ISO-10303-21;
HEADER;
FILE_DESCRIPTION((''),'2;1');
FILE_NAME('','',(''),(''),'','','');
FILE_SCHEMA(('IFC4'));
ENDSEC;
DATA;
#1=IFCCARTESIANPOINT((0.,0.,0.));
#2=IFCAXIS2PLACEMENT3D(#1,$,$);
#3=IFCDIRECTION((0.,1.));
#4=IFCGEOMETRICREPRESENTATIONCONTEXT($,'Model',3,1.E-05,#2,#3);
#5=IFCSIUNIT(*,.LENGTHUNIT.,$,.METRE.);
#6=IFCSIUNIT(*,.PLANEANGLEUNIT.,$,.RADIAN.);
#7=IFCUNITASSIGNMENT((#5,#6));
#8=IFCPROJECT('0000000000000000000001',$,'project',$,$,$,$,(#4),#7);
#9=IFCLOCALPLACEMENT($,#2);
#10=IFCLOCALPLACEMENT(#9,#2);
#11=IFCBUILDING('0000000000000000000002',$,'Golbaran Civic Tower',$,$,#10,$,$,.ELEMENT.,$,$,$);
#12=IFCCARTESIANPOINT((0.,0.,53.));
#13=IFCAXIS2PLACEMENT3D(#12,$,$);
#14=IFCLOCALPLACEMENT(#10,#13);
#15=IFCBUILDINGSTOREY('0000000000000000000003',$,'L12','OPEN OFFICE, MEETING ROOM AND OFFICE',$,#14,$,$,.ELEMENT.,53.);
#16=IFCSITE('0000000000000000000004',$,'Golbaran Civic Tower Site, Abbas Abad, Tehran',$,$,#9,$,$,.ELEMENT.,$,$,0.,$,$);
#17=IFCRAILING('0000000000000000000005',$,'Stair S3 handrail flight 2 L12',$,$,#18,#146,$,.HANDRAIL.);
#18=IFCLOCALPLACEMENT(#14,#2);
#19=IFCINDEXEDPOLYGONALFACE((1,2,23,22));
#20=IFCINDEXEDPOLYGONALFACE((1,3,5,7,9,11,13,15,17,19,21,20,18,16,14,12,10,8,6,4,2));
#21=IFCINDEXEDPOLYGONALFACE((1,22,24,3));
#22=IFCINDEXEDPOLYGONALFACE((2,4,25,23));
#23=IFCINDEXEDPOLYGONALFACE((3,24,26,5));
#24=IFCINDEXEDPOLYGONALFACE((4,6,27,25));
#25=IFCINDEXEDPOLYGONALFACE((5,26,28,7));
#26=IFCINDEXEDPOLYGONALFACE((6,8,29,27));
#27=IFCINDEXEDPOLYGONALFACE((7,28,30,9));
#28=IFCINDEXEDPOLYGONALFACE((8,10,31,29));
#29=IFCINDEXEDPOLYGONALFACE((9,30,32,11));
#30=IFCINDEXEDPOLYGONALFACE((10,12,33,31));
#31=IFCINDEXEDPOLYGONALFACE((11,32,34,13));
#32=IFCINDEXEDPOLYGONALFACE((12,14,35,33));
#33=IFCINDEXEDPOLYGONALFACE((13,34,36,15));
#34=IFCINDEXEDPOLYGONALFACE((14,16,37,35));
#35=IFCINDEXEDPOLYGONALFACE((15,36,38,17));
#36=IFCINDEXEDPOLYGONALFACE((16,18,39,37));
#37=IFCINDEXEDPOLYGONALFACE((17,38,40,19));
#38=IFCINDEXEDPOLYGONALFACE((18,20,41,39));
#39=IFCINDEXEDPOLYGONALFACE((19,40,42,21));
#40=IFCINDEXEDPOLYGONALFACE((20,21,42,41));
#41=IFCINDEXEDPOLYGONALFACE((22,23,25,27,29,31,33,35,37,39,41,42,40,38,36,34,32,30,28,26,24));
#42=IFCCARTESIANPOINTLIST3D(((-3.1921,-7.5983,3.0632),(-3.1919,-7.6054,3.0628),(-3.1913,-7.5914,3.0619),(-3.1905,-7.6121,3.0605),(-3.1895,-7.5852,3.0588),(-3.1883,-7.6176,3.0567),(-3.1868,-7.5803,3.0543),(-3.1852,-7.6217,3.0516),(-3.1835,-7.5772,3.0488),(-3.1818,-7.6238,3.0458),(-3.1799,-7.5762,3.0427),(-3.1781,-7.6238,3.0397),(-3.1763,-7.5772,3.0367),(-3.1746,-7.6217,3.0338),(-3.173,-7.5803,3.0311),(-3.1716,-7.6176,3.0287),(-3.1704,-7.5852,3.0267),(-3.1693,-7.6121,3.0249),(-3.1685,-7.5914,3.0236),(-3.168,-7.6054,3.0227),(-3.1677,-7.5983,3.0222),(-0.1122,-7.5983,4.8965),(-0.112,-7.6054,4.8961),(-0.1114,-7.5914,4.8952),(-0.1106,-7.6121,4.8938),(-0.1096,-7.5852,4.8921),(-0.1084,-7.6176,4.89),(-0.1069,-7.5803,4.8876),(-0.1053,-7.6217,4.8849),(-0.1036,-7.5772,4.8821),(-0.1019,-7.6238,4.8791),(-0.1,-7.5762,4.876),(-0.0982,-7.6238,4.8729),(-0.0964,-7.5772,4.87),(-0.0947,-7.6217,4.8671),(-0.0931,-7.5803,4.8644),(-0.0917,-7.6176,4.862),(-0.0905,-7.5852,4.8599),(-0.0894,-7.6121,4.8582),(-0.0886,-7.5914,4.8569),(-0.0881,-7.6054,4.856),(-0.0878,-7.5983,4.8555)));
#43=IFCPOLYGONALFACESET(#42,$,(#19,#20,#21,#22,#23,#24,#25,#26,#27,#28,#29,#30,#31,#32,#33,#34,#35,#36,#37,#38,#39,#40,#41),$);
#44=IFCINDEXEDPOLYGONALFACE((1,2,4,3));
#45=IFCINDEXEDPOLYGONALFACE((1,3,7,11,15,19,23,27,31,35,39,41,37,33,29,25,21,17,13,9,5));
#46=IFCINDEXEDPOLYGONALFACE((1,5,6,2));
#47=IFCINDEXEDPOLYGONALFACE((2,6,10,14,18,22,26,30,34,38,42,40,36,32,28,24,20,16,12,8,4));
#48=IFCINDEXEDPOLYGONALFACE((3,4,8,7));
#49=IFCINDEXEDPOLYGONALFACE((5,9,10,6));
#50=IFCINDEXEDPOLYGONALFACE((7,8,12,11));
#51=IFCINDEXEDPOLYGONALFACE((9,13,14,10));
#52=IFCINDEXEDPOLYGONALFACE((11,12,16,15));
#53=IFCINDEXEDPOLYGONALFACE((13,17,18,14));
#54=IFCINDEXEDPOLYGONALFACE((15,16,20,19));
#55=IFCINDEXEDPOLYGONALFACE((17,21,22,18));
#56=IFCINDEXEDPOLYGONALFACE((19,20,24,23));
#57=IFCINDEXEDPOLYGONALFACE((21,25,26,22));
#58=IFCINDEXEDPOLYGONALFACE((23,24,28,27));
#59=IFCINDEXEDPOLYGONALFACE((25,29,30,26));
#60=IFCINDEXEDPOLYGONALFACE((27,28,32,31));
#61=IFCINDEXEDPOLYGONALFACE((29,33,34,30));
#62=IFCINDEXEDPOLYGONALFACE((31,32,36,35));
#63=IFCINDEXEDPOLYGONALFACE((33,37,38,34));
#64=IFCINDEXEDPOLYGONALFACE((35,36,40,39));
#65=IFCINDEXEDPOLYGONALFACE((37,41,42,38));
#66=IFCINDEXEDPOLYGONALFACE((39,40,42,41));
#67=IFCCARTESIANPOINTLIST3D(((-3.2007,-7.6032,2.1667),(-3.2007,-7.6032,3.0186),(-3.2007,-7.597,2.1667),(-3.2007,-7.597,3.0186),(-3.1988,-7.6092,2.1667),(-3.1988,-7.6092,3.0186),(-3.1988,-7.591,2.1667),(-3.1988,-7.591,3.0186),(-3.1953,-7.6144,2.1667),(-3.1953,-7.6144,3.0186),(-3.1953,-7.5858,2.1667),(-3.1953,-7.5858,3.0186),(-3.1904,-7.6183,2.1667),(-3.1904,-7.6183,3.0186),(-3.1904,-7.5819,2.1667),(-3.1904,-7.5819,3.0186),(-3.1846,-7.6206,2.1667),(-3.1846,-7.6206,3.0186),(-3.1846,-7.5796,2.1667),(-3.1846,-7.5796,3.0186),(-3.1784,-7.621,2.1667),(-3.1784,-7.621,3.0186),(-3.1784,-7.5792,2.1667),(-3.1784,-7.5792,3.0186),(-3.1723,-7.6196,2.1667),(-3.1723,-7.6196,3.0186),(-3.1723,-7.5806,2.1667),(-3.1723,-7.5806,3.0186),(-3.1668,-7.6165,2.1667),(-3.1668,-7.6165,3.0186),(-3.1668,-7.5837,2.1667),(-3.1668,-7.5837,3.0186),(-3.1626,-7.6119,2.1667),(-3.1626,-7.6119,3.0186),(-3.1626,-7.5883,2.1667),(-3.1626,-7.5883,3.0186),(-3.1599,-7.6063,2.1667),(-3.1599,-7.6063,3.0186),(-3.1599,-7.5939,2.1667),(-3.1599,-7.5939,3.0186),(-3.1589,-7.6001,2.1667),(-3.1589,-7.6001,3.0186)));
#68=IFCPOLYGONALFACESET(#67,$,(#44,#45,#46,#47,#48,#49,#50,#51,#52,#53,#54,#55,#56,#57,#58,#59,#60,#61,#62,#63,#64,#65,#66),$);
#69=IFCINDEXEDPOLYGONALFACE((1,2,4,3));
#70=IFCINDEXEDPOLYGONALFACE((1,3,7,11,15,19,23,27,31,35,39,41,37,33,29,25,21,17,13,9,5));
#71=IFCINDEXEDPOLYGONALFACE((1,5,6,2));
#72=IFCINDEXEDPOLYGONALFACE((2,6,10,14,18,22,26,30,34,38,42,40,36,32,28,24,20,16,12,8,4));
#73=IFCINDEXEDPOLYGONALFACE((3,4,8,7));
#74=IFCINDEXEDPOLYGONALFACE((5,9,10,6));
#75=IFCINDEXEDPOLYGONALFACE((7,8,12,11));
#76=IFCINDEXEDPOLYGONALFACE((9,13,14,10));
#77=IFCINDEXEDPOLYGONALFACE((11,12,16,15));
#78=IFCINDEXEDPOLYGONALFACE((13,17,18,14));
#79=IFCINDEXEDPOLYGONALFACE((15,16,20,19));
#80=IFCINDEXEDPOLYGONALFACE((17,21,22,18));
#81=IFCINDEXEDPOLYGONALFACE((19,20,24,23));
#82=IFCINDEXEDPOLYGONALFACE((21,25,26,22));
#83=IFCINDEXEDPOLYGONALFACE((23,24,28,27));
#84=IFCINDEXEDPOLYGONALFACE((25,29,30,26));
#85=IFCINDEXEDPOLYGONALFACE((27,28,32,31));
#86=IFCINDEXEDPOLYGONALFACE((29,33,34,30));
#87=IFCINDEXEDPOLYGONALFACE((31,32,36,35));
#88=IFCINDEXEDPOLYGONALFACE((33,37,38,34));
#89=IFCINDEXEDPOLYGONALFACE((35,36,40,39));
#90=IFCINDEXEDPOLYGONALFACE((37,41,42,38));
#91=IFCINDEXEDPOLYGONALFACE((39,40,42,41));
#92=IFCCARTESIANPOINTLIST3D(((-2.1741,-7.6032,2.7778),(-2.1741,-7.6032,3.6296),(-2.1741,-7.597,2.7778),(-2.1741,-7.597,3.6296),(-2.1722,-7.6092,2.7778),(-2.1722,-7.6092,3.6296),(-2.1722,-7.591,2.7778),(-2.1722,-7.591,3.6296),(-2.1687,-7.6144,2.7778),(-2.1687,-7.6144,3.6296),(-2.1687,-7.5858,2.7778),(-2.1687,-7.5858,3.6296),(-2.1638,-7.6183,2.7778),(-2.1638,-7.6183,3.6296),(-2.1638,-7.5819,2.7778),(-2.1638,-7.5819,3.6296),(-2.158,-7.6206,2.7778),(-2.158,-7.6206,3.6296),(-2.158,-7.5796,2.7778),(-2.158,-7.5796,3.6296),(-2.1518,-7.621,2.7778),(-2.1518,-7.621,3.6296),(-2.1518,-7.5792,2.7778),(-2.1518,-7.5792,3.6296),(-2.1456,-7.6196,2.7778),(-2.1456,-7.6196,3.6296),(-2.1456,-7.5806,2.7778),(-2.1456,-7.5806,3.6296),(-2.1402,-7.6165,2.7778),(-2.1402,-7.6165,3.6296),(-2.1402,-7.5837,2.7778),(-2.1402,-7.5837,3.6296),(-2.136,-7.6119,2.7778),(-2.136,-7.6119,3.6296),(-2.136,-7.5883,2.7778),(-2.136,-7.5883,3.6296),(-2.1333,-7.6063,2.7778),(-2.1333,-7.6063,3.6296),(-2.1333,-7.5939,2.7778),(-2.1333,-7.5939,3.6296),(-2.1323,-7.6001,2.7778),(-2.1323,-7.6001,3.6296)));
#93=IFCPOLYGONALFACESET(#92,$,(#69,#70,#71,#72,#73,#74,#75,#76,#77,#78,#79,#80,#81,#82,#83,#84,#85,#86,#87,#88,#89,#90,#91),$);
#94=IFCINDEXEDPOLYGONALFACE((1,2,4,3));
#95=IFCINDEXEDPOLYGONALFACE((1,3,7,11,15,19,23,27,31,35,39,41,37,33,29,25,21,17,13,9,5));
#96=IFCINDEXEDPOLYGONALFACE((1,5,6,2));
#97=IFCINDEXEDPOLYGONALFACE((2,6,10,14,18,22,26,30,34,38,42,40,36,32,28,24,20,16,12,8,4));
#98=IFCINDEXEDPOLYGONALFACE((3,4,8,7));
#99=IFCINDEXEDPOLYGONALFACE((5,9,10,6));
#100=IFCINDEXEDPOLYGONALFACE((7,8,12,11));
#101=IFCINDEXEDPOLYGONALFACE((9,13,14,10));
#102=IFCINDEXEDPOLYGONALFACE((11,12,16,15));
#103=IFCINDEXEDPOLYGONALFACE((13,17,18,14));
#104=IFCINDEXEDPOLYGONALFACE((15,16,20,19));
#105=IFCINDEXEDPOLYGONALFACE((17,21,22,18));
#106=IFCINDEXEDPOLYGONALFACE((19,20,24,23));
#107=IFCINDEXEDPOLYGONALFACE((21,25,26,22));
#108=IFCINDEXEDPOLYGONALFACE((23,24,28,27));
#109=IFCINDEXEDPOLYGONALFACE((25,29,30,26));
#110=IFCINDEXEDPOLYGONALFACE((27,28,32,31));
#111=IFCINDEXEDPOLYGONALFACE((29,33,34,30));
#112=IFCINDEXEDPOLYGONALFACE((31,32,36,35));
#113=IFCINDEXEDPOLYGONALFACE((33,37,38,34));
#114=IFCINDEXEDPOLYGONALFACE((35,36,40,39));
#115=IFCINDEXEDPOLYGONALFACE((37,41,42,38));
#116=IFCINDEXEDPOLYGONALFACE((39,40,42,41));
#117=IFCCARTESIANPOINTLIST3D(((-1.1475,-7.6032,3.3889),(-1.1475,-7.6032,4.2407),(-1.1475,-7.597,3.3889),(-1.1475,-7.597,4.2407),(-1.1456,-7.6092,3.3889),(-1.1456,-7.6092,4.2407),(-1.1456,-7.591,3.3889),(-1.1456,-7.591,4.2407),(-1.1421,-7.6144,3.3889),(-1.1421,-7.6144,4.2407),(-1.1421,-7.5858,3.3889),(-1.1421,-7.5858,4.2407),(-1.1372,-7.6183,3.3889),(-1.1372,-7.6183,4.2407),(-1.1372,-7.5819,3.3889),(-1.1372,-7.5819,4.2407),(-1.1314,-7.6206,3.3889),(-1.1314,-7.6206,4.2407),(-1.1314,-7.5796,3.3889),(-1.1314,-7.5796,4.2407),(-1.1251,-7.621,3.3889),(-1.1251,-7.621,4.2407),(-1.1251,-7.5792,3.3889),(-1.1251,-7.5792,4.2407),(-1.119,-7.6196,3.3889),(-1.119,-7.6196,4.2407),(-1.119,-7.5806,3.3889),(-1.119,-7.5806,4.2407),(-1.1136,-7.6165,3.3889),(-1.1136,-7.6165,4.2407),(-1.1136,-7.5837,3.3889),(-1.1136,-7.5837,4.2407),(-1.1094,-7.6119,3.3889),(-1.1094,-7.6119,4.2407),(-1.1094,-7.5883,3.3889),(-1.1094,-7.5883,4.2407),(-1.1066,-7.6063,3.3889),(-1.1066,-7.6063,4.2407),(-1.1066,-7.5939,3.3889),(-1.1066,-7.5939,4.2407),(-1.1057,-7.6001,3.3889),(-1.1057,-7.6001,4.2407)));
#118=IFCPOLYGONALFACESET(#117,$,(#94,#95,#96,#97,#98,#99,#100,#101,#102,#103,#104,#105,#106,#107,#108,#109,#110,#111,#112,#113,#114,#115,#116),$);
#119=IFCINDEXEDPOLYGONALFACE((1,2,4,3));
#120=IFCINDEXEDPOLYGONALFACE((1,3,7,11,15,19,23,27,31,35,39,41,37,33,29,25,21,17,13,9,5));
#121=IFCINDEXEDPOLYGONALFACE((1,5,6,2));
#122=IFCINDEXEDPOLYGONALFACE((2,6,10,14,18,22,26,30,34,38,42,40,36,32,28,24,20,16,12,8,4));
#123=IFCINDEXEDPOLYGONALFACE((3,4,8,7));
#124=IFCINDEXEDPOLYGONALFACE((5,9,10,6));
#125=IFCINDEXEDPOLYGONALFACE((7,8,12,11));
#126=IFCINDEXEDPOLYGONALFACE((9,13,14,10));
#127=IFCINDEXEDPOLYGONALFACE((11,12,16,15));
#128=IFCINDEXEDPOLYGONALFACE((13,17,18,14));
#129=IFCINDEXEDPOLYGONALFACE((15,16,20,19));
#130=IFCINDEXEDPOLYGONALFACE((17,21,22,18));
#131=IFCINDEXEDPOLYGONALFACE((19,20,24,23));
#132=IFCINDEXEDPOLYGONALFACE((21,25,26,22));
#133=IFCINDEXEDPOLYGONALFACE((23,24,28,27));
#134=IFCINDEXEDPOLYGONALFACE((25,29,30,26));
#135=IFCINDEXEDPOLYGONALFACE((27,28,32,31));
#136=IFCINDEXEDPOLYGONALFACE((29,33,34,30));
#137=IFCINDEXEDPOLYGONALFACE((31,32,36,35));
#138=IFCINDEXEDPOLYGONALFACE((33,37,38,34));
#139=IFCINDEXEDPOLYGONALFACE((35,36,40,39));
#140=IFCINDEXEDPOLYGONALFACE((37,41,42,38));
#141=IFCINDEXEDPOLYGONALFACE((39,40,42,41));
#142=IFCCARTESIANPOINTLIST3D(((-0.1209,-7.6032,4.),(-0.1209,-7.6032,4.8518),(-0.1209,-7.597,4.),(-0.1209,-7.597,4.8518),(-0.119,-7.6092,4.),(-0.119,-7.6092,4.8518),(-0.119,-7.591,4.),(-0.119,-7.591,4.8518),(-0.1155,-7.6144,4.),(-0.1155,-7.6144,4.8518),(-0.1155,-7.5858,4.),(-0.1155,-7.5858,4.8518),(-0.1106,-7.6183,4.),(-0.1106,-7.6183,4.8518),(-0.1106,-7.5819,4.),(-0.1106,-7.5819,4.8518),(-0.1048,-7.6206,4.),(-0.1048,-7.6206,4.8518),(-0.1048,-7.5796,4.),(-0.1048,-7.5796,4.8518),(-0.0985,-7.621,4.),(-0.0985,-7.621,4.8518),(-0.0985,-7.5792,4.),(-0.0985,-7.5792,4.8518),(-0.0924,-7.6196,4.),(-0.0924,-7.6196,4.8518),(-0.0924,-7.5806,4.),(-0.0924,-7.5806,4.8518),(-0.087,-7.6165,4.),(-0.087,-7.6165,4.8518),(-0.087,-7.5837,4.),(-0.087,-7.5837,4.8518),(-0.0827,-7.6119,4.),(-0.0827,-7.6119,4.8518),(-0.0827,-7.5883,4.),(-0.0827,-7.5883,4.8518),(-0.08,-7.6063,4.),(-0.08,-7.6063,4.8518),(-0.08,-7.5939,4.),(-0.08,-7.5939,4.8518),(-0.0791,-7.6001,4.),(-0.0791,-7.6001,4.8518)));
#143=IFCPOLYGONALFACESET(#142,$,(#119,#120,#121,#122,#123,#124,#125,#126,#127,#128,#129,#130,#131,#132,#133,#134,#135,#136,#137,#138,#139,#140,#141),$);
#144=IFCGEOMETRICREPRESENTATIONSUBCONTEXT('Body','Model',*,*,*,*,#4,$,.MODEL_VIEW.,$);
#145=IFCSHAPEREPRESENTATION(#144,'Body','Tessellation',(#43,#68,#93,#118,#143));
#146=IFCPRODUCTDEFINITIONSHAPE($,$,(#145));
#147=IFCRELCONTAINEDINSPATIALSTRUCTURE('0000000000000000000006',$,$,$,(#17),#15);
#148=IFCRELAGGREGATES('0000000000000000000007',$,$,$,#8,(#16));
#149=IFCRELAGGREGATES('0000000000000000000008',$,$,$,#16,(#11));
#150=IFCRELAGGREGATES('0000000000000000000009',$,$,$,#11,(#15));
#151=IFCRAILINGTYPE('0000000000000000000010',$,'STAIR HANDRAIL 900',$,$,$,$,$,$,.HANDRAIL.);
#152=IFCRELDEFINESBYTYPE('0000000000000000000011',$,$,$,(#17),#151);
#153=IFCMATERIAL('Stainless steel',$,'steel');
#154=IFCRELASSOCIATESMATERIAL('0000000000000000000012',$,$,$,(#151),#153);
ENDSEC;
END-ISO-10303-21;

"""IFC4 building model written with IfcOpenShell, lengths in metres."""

from ifc_helpers import new_model, si_unit, direction, frame, origin, origin_2d, place, context, subcontext, project, spatial, circle, extrude, material, type_object, element, save


model = new_model("IFC4")

# Units and contexts
model_context = context("Model", 3, precision=1e-05, world=origin(), true_north=direction((0.0, 1.0)))
body_context = subcontext(model_context, "Body", "Model", "MODEL_VIEW")
ifc_project = project(units=[si_unit("LENGTHUNIT", "METRE"), si_unit("PLANEANGLEUNIT", "RADIAN")], contexts=[model_context])

# Site, building, storey
site_placement = place(None, origin())
site = spatial("IfcSite", under=ifc_project, at=site_placement, Name="Golbaran Civic Tower Site, Abbas Abad, Tehran", CompositionType="ELEMENT", RefElevation=0.0)
building_placement = place(site_placement, origin())
building = spatial("IfcBuilding", under=site, at=building_placement, Name="Golbaran Civic Tower", CompositionType="ELEMENT")
storey_placement = place(building_placement, frame((0.0, 0.0, 53.0)))
storey = spatial("IfcBuildingStorey", under=building, at=storey_placement, Name="L12", Description="OPEN OFFICE, MEETING ROOM AND OFFICE", CompositionType="ELEMENT", Elevation=53.0)

# Shared definitions
ifc_material_1 = material(Name="Stainless steel", Category="steel")

# Railing
railing_type = type_object("IfcRailingType", Name="STAIR HANDRAIL 900", PredefinedType="HANDRAIL", material=ifc_material_1)
railing_1_placement = place(storey_placement, frame((-3.1799, -7.6001, 2.1667)))
element("IfcRailing", 1, at=railing_1_placement, inside=storey, type_object=railing_type, Name="Stair S3 handrail flight 2 L12", PredefinedType="HANDRAIL", context=body_context, shape_type="SweptSolid", body=[
    extrude(circle(Radius=0.0239, at=origin_2d()), frame((0.0, 0.0, 0.876), z_axis=(0.859291, 0.0, 0.511487), x_axis=(0.0, 1.0, 0.0)), (0.0, 0.0, 1.0), 3.5842),
    extrude(circle(Radius=0.021, at=origin_2d()), origin(), (0.0, 0.0, 1.0), 0.8518),
    extrude(circle(Radius=0.021, at=origin_2d()), frame((1.0266, 0.0, 0.6111)), (0.0, 0.0, 1.0), 0.8518),
    extrude(circle(Radius=0.021, at=origin_2d()), frame((2.0532, 0.0, 1.2222)), (0.0, 0.0, 1.0), 0.8518),
    extrude(circle(Radius=0.021, at=origin_2d()), frame((3.0798, 0.0, 1.8333)), (0.0, 0.0, 1.0), 0.8518),
])

save(model, "model.ifc")
